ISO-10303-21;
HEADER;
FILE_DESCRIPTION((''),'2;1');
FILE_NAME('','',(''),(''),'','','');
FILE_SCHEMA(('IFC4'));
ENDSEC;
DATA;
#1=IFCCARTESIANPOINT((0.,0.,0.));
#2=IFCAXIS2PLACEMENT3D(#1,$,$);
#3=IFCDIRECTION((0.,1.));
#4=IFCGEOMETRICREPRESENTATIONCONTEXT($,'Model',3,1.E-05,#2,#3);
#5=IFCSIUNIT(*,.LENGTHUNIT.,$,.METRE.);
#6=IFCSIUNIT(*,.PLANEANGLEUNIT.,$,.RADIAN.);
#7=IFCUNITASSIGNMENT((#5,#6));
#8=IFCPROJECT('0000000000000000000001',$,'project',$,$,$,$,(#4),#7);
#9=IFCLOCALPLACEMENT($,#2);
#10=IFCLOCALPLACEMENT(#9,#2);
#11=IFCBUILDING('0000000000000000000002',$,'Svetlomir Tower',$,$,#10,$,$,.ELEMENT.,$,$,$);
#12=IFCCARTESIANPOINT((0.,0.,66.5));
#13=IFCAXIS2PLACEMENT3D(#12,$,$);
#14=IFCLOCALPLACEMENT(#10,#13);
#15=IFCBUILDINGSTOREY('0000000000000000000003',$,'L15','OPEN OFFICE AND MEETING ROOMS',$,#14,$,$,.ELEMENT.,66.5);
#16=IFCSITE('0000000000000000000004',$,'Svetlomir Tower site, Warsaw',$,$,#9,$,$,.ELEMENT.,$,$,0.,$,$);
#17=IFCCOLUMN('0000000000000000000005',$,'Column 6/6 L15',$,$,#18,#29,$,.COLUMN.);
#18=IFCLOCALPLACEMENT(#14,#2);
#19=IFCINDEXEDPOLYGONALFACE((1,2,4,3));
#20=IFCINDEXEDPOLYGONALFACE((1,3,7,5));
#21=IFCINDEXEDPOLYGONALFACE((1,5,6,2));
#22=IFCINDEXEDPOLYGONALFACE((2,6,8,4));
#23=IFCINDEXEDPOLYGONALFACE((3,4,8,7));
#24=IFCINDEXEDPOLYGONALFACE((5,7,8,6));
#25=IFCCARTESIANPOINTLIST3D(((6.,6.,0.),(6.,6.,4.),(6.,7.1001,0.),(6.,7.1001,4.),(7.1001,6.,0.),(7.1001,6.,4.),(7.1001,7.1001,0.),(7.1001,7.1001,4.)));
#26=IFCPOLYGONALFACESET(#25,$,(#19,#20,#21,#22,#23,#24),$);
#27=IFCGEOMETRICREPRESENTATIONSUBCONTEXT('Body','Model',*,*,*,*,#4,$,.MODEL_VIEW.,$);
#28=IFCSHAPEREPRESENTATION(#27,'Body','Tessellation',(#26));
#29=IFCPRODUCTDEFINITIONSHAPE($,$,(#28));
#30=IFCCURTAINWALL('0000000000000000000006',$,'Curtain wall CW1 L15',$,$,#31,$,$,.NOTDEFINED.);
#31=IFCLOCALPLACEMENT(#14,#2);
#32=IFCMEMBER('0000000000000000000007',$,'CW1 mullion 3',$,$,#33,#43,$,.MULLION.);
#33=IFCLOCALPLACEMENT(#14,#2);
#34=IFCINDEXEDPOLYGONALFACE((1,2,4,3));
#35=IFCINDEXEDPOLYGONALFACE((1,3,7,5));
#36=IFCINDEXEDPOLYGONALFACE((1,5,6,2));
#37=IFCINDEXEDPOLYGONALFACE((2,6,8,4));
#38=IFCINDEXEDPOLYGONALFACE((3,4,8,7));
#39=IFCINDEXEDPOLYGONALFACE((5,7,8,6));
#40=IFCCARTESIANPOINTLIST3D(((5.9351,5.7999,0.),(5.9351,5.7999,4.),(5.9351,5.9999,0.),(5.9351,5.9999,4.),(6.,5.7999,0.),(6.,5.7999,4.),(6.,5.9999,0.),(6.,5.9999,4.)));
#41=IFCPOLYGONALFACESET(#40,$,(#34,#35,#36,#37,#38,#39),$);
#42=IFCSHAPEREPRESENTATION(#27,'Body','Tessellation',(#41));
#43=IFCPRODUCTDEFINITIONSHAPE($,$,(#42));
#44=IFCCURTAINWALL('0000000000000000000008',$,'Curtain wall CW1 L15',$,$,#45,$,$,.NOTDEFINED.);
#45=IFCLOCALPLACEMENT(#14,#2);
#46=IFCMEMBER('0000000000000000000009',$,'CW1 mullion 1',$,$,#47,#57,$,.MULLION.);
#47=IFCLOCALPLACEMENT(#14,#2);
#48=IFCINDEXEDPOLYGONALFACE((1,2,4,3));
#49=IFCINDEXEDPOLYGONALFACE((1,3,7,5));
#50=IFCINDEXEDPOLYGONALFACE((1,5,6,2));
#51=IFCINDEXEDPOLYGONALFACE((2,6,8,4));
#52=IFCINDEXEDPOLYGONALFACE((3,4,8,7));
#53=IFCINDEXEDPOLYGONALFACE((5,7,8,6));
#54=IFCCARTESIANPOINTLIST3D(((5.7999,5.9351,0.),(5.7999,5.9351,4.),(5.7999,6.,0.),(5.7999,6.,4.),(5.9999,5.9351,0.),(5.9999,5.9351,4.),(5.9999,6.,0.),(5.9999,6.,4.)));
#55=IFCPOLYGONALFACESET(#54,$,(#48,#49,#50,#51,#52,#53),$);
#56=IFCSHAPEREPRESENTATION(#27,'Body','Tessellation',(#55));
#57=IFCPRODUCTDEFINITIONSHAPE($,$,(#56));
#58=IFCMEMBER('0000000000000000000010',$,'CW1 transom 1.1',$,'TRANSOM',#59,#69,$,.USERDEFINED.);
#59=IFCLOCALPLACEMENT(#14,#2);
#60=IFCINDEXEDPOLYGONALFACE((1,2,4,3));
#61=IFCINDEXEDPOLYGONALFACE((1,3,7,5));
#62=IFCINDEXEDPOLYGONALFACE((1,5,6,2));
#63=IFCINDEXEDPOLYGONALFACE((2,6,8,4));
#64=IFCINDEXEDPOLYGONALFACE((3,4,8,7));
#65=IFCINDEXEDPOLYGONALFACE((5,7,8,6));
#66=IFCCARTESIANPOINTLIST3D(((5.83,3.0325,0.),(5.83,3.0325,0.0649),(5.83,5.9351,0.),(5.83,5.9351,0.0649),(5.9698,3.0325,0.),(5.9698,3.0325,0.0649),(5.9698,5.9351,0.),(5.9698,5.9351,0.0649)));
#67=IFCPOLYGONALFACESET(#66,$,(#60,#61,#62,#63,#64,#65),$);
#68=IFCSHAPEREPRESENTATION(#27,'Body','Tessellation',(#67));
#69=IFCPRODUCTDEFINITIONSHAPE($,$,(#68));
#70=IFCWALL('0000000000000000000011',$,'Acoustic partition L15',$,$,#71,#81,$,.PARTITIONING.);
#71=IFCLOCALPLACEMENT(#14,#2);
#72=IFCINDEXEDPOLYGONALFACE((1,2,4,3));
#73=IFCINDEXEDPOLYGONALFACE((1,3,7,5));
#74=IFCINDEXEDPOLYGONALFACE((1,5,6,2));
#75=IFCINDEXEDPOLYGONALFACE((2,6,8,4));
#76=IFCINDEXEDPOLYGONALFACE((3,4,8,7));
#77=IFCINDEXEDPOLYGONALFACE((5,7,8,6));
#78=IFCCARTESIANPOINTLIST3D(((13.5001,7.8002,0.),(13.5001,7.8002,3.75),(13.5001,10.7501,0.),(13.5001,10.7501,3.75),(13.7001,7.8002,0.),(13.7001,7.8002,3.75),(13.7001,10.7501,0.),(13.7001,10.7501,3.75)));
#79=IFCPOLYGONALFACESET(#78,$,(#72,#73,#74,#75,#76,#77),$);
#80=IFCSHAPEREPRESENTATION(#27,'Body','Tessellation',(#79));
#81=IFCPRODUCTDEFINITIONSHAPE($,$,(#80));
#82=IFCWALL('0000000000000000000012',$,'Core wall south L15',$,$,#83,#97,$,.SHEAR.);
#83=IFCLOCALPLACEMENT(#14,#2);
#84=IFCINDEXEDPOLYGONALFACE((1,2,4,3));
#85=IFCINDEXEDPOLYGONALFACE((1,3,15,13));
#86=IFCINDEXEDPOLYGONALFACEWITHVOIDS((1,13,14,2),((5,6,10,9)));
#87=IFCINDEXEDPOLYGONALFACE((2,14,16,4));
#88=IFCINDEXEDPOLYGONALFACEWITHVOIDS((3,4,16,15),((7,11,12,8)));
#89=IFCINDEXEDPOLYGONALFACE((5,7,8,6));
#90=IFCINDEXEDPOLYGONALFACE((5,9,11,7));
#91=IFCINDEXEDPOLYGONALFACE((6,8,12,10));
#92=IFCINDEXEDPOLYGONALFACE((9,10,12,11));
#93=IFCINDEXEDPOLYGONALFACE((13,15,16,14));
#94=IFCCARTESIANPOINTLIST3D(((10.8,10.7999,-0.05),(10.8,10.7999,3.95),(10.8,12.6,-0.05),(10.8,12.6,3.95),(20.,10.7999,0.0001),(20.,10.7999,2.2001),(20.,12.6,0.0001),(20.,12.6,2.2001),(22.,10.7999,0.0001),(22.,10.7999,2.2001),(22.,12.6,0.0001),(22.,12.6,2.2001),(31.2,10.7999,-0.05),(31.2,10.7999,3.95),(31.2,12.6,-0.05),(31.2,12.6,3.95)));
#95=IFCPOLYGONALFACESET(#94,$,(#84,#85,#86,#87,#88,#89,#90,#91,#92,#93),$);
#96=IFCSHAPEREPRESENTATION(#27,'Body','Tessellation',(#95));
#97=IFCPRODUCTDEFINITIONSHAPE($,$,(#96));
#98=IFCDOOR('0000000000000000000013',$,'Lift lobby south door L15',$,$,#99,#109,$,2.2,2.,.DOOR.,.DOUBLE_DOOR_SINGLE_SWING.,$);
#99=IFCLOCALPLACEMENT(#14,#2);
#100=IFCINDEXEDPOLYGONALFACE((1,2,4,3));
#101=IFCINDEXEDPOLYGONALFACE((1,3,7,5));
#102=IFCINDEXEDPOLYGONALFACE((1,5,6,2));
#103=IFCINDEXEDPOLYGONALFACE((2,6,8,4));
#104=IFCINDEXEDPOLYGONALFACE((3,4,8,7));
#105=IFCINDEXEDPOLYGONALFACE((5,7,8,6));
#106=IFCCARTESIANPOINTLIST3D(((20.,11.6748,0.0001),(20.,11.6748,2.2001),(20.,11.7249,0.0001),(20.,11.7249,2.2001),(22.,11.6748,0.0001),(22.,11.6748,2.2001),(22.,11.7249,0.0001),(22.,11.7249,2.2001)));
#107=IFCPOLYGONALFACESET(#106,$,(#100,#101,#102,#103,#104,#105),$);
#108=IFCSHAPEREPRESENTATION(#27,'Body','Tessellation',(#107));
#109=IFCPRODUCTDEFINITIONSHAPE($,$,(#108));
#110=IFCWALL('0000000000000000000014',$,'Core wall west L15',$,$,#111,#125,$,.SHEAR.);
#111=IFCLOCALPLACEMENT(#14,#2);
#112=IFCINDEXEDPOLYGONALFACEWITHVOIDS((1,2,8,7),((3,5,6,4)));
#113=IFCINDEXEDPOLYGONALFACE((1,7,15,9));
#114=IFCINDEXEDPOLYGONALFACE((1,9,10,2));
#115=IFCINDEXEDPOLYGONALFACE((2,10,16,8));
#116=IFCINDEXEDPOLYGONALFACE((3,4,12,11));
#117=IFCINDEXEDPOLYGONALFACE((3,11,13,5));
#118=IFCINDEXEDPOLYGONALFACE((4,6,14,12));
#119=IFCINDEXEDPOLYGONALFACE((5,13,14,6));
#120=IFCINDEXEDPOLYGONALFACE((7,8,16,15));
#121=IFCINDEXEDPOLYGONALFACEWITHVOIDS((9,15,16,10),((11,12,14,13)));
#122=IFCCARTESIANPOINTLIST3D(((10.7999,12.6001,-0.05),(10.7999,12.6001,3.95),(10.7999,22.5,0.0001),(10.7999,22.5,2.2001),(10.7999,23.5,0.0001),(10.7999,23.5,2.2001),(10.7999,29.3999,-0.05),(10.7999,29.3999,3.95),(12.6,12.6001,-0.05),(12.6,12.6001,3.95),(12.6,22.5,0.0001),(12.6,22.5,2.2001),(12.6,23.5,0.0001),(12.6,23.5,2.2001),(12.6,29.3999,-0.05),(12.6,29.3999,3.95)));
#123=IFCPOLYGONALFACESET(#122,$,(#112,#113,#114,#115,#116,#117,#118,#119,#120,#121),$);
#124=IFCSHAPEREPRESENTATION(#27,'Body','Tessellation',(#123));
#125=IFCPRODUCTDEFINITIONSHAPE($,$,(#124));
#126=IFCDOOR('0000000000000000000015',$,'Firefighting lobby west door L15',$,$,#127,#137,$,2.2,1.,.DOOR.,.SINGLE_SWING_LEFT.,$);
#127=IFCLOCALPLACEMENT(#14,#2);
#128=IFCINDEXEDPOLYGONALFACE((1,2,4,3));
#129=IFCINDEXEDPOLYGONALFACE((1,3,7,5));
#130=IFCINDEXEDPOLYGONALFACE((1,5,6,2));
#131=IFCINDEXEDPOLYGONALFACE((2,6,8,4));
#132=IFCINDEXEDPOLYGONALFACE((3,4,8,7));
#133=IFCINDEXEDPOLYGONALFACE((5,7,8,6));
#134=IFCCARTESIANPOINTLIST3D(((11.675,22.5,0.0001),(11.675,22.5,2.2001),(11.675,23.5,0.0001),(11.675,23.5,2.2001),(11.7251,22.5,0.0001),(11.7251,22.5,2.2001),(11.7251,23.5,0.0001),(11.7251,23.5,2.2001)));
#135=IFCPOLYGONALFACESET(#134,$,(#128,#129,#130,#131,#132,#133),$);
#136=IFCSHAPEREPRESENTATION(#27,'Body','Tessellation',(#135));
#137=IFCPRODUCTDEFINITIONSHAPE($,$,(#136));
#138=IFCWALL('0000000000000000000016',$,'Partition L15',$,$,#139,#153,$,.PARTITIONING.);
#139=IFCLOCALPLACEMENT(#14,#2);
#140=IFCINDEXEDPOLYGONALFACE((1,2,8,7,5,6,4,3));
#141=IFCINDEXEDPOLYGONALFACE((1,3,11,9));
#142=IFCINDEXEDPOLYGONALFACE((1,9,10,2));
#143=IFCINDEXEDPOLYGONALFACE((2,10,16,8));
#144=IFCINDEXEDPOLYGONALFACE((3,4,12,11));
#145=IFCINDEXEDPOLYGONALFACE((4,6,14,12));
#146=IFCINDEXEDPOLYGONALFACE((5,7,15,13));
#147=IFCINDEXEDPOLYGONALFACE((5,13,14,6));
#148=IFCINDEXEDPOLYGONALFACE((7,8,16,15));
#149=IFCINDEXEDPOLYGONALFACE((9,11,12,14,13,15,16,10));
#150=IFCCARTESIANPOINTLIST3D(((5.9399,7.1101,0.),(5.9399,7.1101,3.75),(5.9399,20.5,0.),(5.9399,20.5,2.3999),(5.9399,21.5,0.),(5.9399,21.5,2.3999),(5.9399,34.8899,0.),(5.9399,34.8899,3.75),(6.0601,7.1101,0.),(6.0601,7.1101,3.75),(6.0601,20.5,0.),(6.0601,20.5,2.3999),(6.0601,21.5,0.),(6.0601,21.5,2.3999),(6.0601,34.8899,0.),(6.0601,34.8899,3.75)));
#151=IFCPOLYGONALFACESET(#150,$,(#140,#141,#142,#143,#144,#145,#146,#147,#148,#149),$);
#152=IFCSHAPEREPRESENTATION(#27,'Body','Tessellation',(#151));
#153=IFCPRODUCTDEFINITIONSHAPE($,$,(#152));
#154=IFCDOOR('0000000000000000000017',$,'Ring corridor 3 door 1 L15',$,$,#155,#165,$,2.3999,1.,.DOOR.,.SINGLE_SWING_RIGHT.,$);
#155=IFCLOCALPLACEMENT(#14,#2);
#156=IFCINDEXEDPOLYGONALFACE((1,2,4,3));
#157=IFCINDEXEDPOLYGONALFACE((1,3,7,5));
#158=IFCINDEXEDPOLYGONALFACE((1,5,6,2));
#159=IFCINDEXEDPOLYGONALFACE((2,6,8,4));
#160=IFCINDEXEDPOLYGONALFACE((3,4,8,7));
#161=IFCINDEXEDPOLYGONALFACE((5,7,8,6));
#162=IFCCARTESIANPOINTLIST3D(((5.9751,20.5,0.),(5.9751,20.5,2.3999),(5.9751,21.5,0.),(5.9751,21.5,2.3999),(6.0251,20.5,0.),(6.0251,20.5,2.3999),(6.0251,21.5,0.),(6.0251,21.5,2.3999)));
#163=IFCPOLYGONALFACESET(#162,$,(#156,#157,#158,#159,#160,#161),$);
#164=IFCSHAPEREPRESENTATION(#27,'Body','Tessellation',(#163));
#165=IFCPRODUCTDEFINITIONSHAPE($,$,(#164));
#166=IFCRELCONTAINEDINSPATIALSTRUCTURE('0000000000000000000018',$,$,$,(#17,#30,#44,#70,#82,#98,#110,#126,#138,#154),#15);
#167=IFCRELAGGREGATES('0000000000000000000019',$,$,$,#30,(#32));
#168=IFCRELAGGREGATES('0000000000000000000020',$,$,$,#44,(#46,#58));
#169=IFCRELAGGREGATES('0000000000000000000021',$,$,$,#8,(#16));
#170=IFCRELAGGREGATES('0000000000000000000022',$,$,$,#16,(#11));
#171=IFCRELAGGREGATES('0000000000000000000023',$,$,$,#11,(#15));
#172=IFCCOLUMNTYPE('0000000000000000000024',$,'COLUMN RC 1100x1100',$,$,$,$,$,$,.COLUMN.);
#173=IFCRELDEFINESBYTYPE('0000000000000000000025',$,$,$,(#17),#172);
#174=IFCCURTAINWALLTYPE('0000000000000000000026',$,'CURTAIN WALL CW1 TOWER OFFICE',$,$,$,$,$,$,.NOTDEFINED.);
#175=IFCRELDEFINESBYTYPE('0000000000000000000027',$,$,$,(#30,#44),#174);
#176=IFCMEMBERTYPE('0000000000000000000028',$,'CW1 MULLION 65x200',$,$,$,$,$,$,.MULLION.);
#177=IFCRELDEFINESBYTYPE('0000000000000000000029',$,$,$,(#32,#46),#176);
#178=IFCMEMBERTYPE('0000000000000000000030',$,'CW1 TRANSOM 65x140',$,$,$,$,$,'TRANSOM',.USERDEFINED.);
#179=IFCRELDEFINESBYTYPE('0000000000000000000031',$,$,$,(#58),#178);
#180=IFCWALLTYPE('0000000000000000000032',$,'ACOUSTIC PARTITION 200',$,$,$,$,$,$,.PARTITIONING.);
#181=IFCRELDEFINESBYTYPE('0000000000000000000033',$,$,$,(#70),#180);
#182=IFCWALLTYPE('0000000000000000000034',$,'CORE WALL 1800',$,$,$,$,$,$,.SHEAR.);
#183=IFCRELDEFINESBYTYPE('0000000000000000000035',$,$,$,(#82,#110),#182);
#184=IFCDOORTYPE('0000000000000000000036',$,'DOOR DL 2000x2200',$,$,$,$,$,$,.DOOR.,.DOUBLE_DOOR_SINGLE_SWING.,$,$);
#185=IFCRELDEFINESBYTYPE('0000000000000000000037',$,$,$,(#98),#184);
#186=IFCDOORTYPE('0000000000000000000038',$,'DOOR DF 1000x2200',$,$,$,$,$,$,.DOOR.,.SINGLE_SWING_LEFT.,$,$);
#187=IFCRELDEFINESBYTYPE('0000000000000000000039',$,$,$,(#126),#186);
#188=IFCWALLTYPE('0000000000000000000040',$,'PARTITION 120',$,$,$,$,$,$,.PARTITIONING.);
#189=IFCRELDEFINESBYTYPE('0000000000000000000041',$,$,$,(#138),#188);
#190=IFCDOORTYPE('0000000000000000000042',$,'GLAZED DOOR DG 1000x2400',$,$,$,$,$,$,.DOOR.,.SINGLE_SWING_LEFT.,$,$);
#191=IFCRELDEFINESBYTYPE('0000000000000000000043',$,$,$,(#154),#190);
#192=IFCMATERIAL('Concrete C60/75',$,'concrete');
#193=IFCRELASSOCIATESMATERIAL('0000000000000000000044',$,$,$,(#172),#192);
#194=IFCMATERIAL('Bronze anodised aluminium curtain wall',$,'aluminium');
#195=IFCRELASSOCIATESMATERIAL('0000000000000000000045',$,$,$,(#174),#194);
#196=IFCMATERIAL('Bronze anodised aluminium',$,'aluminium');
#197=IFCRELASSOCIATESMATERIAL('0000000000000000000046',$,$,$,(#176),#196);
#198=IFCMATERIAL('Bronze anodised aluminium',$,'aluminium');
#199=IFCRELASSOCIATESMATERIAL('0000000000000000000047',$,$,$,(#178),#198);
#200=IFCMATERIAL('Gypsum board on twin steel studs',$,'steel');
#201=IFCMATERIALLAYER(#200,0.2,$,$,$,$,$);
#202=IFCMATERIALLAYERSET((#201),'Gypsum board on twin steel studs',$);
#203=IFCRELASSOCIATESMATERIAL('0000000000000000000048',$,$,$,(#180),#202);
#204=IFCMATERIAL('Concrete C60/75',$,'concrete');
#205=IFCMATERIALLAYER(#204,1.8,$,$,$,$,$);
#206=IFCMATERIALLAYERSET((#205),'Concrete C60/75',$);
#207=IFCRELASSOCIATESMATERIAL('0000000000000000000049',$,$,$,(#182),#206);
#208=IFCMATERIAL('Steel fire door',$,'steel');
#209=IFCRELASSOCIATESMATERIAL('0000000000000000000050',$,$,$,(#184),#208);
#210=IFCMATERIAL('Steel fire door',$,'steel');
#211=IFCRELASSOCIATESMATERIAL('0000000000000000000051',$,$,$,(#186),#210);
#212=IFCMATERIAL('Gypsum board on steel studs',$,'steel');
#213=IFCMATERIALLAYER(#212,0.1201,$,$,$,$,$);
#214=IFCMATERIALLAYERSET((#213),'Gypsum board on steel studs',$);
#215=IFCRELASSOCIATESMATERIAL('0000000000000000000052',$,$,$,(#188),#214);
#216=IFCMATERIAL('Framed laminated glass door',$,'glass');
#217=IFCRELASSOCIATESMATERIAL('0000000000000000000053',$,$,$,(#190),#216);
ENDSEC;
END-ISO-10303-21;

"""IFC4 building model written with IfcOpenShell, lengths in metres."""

from ifc_helpers import new_model, si_unit, direction, frame, frame_2d, origin, origin_2d, place, context, subcontext, project, spatial, rectangle, extrude, material, layer, layer_set, material_profile, profile_set, type_object, element, fill, aggregate, save


model = new_model("IFC4")

# Units and contexts
model_context = context("Model", 3, precision=1e-05, world=origin(), true_north=direction((0.0, 1.0)))
body_context = subcontext(model_context, "Body", "Model", "MODEL_VIEW")
ifc_project = project(units=[si_unit("LENGTHUNIT", "METRE"), si_unit("PLANEANGLEUNIT", "RADIAN")], contexts=[model_context])

# Site, building, storey
site_placement = place(None, origin())
site = spatial("IfcSite", under=ifc_project, at=site_placement, Name="Svetlomir Tower site, Warsaw", CompositionType="ELEMENT", RefElevation=0.0)
building_placement = place(site_placement, origin())
building = spatial("IfcBuilding", under=site, at=building_placement, Name="Svetlomir Tower", CompositionType="ELEMENT")
storey_placement = place(building_placement, frame((0.0, 0.0, 66.5)))
storey = spatial("IfcBuildingStorey", under=building, at=storey_placement, Name="L15", Description="OPEN OFFICE AND MEETING ROOMS", CompositionType="ELEMENT", Elevation=66.5)

# Column
ifc_material_1 = material(Name="Concrete C60/75", Category="concrete")
ifc_material_profile_1 = material_profile(ifc_material_1, rectangle(XDim=1.1001, YDim=1.1001, at=origin_2d()), Name="RC 1100x1100")
ifc_profile_set_1 = profile_set([ifc_material_profile_1], Name="Concrete C60/75")
column_type = type_object("IfcColumnType", Name="COLUMN RC 1100x1100", PredefinedType="COLUMN", material=ifc_profile_set_1)
column_placement = place(storey_placement, frame((6.55, 6.55, 0.0), z_axis=(0.0, 0.0, 1.0), x_axis=(1.0, 0.0, 0.0)))
element("IfcColumn", 1, at=column_placement, inside=storey, type_object=column_type, Name="Column 6/6 L15", PredefinedType="COLUMN", context=body_context, shape_type="SweptSolid", body=[
    extrude(rectangle(XDim=1.1001, YDim=1.1001, at=origin_2d()), origin(), (0.0, 0.0, 1.0), 4.0),
])

# Curtain wall, member
ifc_material_2 = material(Name="Bronze anodised aluminium curtain wall", Category="aluminium")
curtain_wall_type = type_object("IfcCurtainWallType", Name="CURTAIN WALL CW1 TOWER OFFICE", PredefinedType="NOTDEFINED", material=ifc_material_2)
curtain_wall_1_placement = place(storey_placement, origin())
curtain_wall_1 = element("IfcCurtainWall", 2, at=curtain_wall_1_placement, inside=storey, type_object=curtain_wall_type, Name="Curtain wall CW1 L15", PredefinedType="NOTDEFINED")
ifc_material_3 = material(Name="Bronze anodised aluminium", Category="aluminium")
ifc_material_profile_2 = material_profile(ifc_material_3, rectangle(XDim=0.0649, YDim=0.2, at=origin_2d()), Name="AL 65x200")
ifc_profile_set_2 = profile_set([ifc_material_profile_2], Name="Bronze anodised aluminium 6063-T6")
member_type_1 = type_object("IfcMemberType", Name="CW1 MULLION 65x200", PredefinedType="MULLION", material=ifc_profile_set_2)
member_1_placement = place(storey_placement, frame((5.9675, 5.8999, 0.0), z_axis=(0.0, 0.0, 1.0), x_axis=(1.0, 0.0, 0.0)))
member_1 = element("IfcMember", 3, at=member_1_placement, type_object=member_type_1, Name="CW1 mullion 3", PredefinedType="MULLION", context=body_context, shape_type="SweptSolid", body=[
    extrude(rectangle(XDim=0.0649, YDim=0.2, at=origin_2d()), origin(), (0.0, 0.0, 1.0), 4.0),
])
aggregate(curtain_wall_1, [member_1])

# Curtain wall, members
curtain_wall_2_placement = place(storey_placement, origin())
curtain_wall_2 = element("IfcCurtainWall", 4, at=curtain_wall_2_placement, inside=storey, type_object=curtain_wall_type, Name="Curtain wall CW1 L15", PredefinedType="NOTDEFINED")
member_2_placement = place(storey_placement, frame((5.8999, 5.9675, 0.0), z_axis=(0.0, 0.0, 1.0), x_axis=(0.0, -1.0, 0.0)))
member_2 = element("IfcMember", 5, at=member_2_placement, type_object=member_type_1, Name="CW1 mullion 1", PredefinedType="MULLION", context=body_context, shape_type="SweptSolid", body=[
    extrude(rectangle(XDim=0.0649, YDim=0.2, at=origin_2d()), origin(), (0.0, 0.0, 1.0), 4.0),
])
ifc_material_4 = material(Name="Bronze anodised aluminium", Category="aluminium")
ifc_material_profile_3 = material_profile(ifc_material_4, rectangle(XDim=0.1399, YDim=0.0649, at=origin_2d()), Name="AL 140x65")
ifc_profile_set_3 = profile_set([ifc_material_profile_3], Name="Bronze anodised aluminium 6063-T6")
member_type_2 = type_object("IfcMemberType", Name="CW1 TRANSOM 65x140", ElementType="TRANSOM", PredefinedType="USERDEFINED", material=ifc_profile_set_3)
member_3_placement = place(storey_placement, frame((5.8999, 5.9351, 0.0325), z_axis=(0.0, -1.0, 0.0), x_axis=(1.0, 0.0, 0.0)))
member_3 = element("IfcMember", 6, at=member_3_placement, type_object=member_type_2, Name="CW1 transom 1.1", ObjectType="TRANSOM", PredefinedType="USERDEFINED", context=body_context, shape_type="SweptSolid", body=[
    extrude(rectangle(XDim=0.1399, YDim=0.0649, at=origin_2d()), origin(), (0.0, 0.0, 1.0), 2.9026),
])
aggregate(curtain_wall_2, [member_2, member_3])

# Wall
ifc_material_5 = material(Name="Gypsum board on twin steel studs", Category="steel")
ifc_layer_1 = layer(ifc_material_5, 0.2)
ifc_layer_set_1 = layer_set([ifc_layer_1], Name="Gypsum board on twin steel studs")
wall_type_1 = type_object("IfcWallType", Name="ACOUSTIC PARTITION 200", PredefinedType="PARTITIONING", material=ifc_layer_set_1)
wall_1_placement = place(storey_placement, frame((13.6001, 7.8, 0.0), z_axis=(0.0, 0.0, 1.0), x_axis=(0.0, 1.0, 0.0)))
element("IfcWall", 7, at=wall_1_placement, inside=storey, type_object=wall_type_1, Name="Acoustic partition L15", PredefinedType="PARTITIONING", context=body_context, shape_type="SweptSolid", body=[
    extrude(rectangle(XDim=2.95, YDim=0.2, at=frame_2d((1.4751, 0.0))), origin(), (0.0, 0.0, 1.0), 3.75),
])

# Walls, openings, doors
ifc_material_6 = material(Name="Concrete C60/75", Category="concrete")
ifc_layer_2 = layer(ifc_material_6, 1.8)
ifc_layer_set_2 = layer_set([ifc_layer_2], Name="Concrete C60/75")
wall_type_2 = type_object("IfcWallType", Name="CORE WALL 1800", PredefinedType="SHEAR", material=ifc_layer_set_2)
wall_2_placement = place(storey_placement, frame((10.8, 11.7, -0.05), z_axis=(0.0, 0.0, 1.0), x_axis=(1.0, 0.0, 0.0)))
wall_2 = element("IfcWall", 8, at=wall_2_placement, inside=storey, type_object=wall_type_2, Name="Core wall south L15", PredefinedType="SHEAR", context=body_context, shape_type="SweptSolid", body=[
    extrude(rectangle(XDim=20.3999, YDim=1.8, at=frame_2d((10.2, 0.0))), origin(), (0.0, 0.0, 1.0), 4.0),
])
opening_1_placement = place(wall_2_placement, frame((9.2, 0.0, 0.05)))
opening_1 = element("IfcOpeningElement", 9, at=opening_1_placement, cuts=wall_2, PredefinedType="OPENING", context=body_context, shape_type="SweptSolid", body=[
    extrude(rectangle(XDim=2.0, YDim=2.2, at=frame_2d((1.0, 1.1001))), frame((0.0, 0.9102, 0.0), z_axis=(0.0, -1.0, 0.0), x_axis=(1.0, 0.0, 0.0)), (0.0, 0.0, 1.0), 1.8201),
])
ifc_material_7 = material(Name="Steel fire door", Category="steel")
door_type_1 = type_object("IfcDoorType", Name="DOOR DL 2000x2200", OperationType="DOUBLE_DOOR_SINGLE_SWING", PredefinedType="DOOR", material=ifc_material_7)
door_1_placement = place(opening_1_placement, origin())
door_1 = element("IfcDoor", 10, at=door_1_placement, inside=storey, type_object=door_type_1, Name="Lift lobby south door L15", OperationType="DOUBLE_DOOR_SINGLE_SWING", OverallHeight=2.2, OverallWidth=2.0, PredefinedType="DOOR", context=body_context, shape_type="SweptSolid", body=[
    extrude(rectangle(XDim=2.0, YDim=2.2, at=frame_2d((1.0, 1.1001))), frame((0.0, 0.0249, 0.0), z_axis=(0.0, -1.0, 0.0), x_axis=(1.0, 0.0, 0.0)), (0.0, 0.0, 1.0), 0.05),
])
fill(opening_1, door_1)
wall_3_placement = place(storey_placement, frame((11.7, 12.6001, -0.05), z_axis=(0.0, 0.0, 1.0), x_axis=(0.0, 1.0, 0.0)))
wall_3 = element("IfcWall", 11, at=wall_3_placement, inside=storey, type_object=wall_type_2, Name="Core wall west L15", PredefinedType="SHEAR", context=body_context, shape_type="SweptSolid", body=[
    extrude(rectangle(XDim=16.7998, YDim=1.8, at=frame_2d((8.3999, 0.0))), origin(), (0.0, 0.0, 1.0), 4.0),
])
opening_2_placement = place(wall_3_placement, frame((9.8999, 0.0, 0.05)))
opening_2 = element("IfcOpeningElement", 12, at=opening_2_placement, cuts=wall_3, PredefinedType="OPENING", context=body_context, shape_type="SweptSolid", body=[
    extrude(rectangle(XDim=1.0, YDim=2.2, at=frame_2d((0.5, 1.1001))), frame((0.0, 0.9102, 0.0), z_axis=(0.0, -1.0, 0.0), x_axis=(1.0, 0.0, 0.0)), (0.0, 0.0, 1.0), 1.8201),
])
ifc_material_8 = material(Name="Steel fire door", Category="steel")
door_type_2 = type_object("IfcDoorType", Name="DOOR DF 1000x2200", OperationType="SINGLE_SWING_LEFT", PredefinedType="DOOR", material=ifc_material_8)
door_2_placement = place(opening_2_placement, origin())
door_2 = element("IfcDoor", 13, at=door_2_placement, inside=storey, type_object=door_type_2, Name="Firefighting lobby west door L15", OperationType="SINGLE_SWING_LEFT", OverallHeight=2.2, OverallWidth=1.0, PredefinedType="DOOR", context=body_context, shape_type="SweptSolid", body=[
    extrude(rectangle(XDim=1.0, YDim=2.2, at=frame_2d((0.5, 1.1001))), frame((0.0, 0.0249, 0.0), z_axis=(0.0, -1.0, 0.0), x_axis=(1.0, 0.0, 0.0)), (0.0, 0.0, 1.0), 0.05),
])
fill(opening_2, door_2)
ifc_material_9 = material(Name="Gypsum board on steel studs", Category="steel")
ifc_layer_3 = layer(ifc_material_9, 0.1201)
ifc_layer_set_3 = layer_set([ifc_layer_3], Name="Gypsum board on steel studs")
wall_type_3 = type_object("IfcWallType", Name="PARTITION 120", PredefinedType="PARTITIONING", material=ifc_layer_set_3)
wall_4_placement = place(storey_placement, frame((6.0, 7.1101, 0.0), z_axis=(0.0, 0.0, 1.0), x_axis=(0.0, 1.0, 0.0)))
wall_4 = element("IfcWall", 14, at=wall_4_placement, inside=storey, type_object=wall_type_3, Name="Partition L15", PredefinedType="PARTITIONING", context=body_context, shape_type="SweptSolid", body=[
    extrude(rectangle(XDim=27.7798, YDim=0.1201, at=frame_2d((13.8899, 0.0))), origin(), (0.0, 0.0, 1.0), 3.75),
])
opening_3_placement = place(wall_4_placement, frame((13.3899, 0.0, 0.0)))
opening_3 = element("IfcOpeningElement", 15, at=opening_3_placement, cuts=wall_4, PredefinedType="OPENING", context=body_context, shape_type="SweptSolid", body=[
    extrude(rectangle(XDim=1.0, YDim=2.3999, at=frame_2d((0.5, 1.2))), frame((0.0, 0.0701, 0.0), z_axis=(0.0, -1.0, 0.0), x_axis=(1.0, 0.0, 0.0)), (0.0, 0.0, 1.0), 0.1401),
])
ifc_material_10 = material(Name="Framed laminated glass door", Category="glass")
door_type_3 = type_object("IfcDoorType", Name="GLAZED DOOR DG 1000x2400", OperationType="SINGLE_SWING_LEFT", PredefinedType="DOOR", material=ifc_material_10)
door_3_placement = place(opening_3_placement, origin())
door_3 = element("IfcDoor", 16, at=door_3_placement, inside=storey, type_object=door_type_3, Name="Ring corridor 3 door 1 L15", OperationType="SINGLE_SWING_RIGHT", OverallHeight=2.3999, OverallWidth=1.0, PredefinedType="DOOR", context=body_context, shape_type="SweptSolid", body=[
    extrude(rectangle(XDim=1.0, YDim=2.3999, at=frame_2d((0.5, 1.2))), frame((0.0, 0.0249, 0.0), z_axis=(0.0, -1.0, 0.0), x_axis=(1.0, 0.0, 0.0)), (0.0, 0.0, 1.0), 0.05),
])
fill(opening_3, door_3)

save(model, "model.ifc")
